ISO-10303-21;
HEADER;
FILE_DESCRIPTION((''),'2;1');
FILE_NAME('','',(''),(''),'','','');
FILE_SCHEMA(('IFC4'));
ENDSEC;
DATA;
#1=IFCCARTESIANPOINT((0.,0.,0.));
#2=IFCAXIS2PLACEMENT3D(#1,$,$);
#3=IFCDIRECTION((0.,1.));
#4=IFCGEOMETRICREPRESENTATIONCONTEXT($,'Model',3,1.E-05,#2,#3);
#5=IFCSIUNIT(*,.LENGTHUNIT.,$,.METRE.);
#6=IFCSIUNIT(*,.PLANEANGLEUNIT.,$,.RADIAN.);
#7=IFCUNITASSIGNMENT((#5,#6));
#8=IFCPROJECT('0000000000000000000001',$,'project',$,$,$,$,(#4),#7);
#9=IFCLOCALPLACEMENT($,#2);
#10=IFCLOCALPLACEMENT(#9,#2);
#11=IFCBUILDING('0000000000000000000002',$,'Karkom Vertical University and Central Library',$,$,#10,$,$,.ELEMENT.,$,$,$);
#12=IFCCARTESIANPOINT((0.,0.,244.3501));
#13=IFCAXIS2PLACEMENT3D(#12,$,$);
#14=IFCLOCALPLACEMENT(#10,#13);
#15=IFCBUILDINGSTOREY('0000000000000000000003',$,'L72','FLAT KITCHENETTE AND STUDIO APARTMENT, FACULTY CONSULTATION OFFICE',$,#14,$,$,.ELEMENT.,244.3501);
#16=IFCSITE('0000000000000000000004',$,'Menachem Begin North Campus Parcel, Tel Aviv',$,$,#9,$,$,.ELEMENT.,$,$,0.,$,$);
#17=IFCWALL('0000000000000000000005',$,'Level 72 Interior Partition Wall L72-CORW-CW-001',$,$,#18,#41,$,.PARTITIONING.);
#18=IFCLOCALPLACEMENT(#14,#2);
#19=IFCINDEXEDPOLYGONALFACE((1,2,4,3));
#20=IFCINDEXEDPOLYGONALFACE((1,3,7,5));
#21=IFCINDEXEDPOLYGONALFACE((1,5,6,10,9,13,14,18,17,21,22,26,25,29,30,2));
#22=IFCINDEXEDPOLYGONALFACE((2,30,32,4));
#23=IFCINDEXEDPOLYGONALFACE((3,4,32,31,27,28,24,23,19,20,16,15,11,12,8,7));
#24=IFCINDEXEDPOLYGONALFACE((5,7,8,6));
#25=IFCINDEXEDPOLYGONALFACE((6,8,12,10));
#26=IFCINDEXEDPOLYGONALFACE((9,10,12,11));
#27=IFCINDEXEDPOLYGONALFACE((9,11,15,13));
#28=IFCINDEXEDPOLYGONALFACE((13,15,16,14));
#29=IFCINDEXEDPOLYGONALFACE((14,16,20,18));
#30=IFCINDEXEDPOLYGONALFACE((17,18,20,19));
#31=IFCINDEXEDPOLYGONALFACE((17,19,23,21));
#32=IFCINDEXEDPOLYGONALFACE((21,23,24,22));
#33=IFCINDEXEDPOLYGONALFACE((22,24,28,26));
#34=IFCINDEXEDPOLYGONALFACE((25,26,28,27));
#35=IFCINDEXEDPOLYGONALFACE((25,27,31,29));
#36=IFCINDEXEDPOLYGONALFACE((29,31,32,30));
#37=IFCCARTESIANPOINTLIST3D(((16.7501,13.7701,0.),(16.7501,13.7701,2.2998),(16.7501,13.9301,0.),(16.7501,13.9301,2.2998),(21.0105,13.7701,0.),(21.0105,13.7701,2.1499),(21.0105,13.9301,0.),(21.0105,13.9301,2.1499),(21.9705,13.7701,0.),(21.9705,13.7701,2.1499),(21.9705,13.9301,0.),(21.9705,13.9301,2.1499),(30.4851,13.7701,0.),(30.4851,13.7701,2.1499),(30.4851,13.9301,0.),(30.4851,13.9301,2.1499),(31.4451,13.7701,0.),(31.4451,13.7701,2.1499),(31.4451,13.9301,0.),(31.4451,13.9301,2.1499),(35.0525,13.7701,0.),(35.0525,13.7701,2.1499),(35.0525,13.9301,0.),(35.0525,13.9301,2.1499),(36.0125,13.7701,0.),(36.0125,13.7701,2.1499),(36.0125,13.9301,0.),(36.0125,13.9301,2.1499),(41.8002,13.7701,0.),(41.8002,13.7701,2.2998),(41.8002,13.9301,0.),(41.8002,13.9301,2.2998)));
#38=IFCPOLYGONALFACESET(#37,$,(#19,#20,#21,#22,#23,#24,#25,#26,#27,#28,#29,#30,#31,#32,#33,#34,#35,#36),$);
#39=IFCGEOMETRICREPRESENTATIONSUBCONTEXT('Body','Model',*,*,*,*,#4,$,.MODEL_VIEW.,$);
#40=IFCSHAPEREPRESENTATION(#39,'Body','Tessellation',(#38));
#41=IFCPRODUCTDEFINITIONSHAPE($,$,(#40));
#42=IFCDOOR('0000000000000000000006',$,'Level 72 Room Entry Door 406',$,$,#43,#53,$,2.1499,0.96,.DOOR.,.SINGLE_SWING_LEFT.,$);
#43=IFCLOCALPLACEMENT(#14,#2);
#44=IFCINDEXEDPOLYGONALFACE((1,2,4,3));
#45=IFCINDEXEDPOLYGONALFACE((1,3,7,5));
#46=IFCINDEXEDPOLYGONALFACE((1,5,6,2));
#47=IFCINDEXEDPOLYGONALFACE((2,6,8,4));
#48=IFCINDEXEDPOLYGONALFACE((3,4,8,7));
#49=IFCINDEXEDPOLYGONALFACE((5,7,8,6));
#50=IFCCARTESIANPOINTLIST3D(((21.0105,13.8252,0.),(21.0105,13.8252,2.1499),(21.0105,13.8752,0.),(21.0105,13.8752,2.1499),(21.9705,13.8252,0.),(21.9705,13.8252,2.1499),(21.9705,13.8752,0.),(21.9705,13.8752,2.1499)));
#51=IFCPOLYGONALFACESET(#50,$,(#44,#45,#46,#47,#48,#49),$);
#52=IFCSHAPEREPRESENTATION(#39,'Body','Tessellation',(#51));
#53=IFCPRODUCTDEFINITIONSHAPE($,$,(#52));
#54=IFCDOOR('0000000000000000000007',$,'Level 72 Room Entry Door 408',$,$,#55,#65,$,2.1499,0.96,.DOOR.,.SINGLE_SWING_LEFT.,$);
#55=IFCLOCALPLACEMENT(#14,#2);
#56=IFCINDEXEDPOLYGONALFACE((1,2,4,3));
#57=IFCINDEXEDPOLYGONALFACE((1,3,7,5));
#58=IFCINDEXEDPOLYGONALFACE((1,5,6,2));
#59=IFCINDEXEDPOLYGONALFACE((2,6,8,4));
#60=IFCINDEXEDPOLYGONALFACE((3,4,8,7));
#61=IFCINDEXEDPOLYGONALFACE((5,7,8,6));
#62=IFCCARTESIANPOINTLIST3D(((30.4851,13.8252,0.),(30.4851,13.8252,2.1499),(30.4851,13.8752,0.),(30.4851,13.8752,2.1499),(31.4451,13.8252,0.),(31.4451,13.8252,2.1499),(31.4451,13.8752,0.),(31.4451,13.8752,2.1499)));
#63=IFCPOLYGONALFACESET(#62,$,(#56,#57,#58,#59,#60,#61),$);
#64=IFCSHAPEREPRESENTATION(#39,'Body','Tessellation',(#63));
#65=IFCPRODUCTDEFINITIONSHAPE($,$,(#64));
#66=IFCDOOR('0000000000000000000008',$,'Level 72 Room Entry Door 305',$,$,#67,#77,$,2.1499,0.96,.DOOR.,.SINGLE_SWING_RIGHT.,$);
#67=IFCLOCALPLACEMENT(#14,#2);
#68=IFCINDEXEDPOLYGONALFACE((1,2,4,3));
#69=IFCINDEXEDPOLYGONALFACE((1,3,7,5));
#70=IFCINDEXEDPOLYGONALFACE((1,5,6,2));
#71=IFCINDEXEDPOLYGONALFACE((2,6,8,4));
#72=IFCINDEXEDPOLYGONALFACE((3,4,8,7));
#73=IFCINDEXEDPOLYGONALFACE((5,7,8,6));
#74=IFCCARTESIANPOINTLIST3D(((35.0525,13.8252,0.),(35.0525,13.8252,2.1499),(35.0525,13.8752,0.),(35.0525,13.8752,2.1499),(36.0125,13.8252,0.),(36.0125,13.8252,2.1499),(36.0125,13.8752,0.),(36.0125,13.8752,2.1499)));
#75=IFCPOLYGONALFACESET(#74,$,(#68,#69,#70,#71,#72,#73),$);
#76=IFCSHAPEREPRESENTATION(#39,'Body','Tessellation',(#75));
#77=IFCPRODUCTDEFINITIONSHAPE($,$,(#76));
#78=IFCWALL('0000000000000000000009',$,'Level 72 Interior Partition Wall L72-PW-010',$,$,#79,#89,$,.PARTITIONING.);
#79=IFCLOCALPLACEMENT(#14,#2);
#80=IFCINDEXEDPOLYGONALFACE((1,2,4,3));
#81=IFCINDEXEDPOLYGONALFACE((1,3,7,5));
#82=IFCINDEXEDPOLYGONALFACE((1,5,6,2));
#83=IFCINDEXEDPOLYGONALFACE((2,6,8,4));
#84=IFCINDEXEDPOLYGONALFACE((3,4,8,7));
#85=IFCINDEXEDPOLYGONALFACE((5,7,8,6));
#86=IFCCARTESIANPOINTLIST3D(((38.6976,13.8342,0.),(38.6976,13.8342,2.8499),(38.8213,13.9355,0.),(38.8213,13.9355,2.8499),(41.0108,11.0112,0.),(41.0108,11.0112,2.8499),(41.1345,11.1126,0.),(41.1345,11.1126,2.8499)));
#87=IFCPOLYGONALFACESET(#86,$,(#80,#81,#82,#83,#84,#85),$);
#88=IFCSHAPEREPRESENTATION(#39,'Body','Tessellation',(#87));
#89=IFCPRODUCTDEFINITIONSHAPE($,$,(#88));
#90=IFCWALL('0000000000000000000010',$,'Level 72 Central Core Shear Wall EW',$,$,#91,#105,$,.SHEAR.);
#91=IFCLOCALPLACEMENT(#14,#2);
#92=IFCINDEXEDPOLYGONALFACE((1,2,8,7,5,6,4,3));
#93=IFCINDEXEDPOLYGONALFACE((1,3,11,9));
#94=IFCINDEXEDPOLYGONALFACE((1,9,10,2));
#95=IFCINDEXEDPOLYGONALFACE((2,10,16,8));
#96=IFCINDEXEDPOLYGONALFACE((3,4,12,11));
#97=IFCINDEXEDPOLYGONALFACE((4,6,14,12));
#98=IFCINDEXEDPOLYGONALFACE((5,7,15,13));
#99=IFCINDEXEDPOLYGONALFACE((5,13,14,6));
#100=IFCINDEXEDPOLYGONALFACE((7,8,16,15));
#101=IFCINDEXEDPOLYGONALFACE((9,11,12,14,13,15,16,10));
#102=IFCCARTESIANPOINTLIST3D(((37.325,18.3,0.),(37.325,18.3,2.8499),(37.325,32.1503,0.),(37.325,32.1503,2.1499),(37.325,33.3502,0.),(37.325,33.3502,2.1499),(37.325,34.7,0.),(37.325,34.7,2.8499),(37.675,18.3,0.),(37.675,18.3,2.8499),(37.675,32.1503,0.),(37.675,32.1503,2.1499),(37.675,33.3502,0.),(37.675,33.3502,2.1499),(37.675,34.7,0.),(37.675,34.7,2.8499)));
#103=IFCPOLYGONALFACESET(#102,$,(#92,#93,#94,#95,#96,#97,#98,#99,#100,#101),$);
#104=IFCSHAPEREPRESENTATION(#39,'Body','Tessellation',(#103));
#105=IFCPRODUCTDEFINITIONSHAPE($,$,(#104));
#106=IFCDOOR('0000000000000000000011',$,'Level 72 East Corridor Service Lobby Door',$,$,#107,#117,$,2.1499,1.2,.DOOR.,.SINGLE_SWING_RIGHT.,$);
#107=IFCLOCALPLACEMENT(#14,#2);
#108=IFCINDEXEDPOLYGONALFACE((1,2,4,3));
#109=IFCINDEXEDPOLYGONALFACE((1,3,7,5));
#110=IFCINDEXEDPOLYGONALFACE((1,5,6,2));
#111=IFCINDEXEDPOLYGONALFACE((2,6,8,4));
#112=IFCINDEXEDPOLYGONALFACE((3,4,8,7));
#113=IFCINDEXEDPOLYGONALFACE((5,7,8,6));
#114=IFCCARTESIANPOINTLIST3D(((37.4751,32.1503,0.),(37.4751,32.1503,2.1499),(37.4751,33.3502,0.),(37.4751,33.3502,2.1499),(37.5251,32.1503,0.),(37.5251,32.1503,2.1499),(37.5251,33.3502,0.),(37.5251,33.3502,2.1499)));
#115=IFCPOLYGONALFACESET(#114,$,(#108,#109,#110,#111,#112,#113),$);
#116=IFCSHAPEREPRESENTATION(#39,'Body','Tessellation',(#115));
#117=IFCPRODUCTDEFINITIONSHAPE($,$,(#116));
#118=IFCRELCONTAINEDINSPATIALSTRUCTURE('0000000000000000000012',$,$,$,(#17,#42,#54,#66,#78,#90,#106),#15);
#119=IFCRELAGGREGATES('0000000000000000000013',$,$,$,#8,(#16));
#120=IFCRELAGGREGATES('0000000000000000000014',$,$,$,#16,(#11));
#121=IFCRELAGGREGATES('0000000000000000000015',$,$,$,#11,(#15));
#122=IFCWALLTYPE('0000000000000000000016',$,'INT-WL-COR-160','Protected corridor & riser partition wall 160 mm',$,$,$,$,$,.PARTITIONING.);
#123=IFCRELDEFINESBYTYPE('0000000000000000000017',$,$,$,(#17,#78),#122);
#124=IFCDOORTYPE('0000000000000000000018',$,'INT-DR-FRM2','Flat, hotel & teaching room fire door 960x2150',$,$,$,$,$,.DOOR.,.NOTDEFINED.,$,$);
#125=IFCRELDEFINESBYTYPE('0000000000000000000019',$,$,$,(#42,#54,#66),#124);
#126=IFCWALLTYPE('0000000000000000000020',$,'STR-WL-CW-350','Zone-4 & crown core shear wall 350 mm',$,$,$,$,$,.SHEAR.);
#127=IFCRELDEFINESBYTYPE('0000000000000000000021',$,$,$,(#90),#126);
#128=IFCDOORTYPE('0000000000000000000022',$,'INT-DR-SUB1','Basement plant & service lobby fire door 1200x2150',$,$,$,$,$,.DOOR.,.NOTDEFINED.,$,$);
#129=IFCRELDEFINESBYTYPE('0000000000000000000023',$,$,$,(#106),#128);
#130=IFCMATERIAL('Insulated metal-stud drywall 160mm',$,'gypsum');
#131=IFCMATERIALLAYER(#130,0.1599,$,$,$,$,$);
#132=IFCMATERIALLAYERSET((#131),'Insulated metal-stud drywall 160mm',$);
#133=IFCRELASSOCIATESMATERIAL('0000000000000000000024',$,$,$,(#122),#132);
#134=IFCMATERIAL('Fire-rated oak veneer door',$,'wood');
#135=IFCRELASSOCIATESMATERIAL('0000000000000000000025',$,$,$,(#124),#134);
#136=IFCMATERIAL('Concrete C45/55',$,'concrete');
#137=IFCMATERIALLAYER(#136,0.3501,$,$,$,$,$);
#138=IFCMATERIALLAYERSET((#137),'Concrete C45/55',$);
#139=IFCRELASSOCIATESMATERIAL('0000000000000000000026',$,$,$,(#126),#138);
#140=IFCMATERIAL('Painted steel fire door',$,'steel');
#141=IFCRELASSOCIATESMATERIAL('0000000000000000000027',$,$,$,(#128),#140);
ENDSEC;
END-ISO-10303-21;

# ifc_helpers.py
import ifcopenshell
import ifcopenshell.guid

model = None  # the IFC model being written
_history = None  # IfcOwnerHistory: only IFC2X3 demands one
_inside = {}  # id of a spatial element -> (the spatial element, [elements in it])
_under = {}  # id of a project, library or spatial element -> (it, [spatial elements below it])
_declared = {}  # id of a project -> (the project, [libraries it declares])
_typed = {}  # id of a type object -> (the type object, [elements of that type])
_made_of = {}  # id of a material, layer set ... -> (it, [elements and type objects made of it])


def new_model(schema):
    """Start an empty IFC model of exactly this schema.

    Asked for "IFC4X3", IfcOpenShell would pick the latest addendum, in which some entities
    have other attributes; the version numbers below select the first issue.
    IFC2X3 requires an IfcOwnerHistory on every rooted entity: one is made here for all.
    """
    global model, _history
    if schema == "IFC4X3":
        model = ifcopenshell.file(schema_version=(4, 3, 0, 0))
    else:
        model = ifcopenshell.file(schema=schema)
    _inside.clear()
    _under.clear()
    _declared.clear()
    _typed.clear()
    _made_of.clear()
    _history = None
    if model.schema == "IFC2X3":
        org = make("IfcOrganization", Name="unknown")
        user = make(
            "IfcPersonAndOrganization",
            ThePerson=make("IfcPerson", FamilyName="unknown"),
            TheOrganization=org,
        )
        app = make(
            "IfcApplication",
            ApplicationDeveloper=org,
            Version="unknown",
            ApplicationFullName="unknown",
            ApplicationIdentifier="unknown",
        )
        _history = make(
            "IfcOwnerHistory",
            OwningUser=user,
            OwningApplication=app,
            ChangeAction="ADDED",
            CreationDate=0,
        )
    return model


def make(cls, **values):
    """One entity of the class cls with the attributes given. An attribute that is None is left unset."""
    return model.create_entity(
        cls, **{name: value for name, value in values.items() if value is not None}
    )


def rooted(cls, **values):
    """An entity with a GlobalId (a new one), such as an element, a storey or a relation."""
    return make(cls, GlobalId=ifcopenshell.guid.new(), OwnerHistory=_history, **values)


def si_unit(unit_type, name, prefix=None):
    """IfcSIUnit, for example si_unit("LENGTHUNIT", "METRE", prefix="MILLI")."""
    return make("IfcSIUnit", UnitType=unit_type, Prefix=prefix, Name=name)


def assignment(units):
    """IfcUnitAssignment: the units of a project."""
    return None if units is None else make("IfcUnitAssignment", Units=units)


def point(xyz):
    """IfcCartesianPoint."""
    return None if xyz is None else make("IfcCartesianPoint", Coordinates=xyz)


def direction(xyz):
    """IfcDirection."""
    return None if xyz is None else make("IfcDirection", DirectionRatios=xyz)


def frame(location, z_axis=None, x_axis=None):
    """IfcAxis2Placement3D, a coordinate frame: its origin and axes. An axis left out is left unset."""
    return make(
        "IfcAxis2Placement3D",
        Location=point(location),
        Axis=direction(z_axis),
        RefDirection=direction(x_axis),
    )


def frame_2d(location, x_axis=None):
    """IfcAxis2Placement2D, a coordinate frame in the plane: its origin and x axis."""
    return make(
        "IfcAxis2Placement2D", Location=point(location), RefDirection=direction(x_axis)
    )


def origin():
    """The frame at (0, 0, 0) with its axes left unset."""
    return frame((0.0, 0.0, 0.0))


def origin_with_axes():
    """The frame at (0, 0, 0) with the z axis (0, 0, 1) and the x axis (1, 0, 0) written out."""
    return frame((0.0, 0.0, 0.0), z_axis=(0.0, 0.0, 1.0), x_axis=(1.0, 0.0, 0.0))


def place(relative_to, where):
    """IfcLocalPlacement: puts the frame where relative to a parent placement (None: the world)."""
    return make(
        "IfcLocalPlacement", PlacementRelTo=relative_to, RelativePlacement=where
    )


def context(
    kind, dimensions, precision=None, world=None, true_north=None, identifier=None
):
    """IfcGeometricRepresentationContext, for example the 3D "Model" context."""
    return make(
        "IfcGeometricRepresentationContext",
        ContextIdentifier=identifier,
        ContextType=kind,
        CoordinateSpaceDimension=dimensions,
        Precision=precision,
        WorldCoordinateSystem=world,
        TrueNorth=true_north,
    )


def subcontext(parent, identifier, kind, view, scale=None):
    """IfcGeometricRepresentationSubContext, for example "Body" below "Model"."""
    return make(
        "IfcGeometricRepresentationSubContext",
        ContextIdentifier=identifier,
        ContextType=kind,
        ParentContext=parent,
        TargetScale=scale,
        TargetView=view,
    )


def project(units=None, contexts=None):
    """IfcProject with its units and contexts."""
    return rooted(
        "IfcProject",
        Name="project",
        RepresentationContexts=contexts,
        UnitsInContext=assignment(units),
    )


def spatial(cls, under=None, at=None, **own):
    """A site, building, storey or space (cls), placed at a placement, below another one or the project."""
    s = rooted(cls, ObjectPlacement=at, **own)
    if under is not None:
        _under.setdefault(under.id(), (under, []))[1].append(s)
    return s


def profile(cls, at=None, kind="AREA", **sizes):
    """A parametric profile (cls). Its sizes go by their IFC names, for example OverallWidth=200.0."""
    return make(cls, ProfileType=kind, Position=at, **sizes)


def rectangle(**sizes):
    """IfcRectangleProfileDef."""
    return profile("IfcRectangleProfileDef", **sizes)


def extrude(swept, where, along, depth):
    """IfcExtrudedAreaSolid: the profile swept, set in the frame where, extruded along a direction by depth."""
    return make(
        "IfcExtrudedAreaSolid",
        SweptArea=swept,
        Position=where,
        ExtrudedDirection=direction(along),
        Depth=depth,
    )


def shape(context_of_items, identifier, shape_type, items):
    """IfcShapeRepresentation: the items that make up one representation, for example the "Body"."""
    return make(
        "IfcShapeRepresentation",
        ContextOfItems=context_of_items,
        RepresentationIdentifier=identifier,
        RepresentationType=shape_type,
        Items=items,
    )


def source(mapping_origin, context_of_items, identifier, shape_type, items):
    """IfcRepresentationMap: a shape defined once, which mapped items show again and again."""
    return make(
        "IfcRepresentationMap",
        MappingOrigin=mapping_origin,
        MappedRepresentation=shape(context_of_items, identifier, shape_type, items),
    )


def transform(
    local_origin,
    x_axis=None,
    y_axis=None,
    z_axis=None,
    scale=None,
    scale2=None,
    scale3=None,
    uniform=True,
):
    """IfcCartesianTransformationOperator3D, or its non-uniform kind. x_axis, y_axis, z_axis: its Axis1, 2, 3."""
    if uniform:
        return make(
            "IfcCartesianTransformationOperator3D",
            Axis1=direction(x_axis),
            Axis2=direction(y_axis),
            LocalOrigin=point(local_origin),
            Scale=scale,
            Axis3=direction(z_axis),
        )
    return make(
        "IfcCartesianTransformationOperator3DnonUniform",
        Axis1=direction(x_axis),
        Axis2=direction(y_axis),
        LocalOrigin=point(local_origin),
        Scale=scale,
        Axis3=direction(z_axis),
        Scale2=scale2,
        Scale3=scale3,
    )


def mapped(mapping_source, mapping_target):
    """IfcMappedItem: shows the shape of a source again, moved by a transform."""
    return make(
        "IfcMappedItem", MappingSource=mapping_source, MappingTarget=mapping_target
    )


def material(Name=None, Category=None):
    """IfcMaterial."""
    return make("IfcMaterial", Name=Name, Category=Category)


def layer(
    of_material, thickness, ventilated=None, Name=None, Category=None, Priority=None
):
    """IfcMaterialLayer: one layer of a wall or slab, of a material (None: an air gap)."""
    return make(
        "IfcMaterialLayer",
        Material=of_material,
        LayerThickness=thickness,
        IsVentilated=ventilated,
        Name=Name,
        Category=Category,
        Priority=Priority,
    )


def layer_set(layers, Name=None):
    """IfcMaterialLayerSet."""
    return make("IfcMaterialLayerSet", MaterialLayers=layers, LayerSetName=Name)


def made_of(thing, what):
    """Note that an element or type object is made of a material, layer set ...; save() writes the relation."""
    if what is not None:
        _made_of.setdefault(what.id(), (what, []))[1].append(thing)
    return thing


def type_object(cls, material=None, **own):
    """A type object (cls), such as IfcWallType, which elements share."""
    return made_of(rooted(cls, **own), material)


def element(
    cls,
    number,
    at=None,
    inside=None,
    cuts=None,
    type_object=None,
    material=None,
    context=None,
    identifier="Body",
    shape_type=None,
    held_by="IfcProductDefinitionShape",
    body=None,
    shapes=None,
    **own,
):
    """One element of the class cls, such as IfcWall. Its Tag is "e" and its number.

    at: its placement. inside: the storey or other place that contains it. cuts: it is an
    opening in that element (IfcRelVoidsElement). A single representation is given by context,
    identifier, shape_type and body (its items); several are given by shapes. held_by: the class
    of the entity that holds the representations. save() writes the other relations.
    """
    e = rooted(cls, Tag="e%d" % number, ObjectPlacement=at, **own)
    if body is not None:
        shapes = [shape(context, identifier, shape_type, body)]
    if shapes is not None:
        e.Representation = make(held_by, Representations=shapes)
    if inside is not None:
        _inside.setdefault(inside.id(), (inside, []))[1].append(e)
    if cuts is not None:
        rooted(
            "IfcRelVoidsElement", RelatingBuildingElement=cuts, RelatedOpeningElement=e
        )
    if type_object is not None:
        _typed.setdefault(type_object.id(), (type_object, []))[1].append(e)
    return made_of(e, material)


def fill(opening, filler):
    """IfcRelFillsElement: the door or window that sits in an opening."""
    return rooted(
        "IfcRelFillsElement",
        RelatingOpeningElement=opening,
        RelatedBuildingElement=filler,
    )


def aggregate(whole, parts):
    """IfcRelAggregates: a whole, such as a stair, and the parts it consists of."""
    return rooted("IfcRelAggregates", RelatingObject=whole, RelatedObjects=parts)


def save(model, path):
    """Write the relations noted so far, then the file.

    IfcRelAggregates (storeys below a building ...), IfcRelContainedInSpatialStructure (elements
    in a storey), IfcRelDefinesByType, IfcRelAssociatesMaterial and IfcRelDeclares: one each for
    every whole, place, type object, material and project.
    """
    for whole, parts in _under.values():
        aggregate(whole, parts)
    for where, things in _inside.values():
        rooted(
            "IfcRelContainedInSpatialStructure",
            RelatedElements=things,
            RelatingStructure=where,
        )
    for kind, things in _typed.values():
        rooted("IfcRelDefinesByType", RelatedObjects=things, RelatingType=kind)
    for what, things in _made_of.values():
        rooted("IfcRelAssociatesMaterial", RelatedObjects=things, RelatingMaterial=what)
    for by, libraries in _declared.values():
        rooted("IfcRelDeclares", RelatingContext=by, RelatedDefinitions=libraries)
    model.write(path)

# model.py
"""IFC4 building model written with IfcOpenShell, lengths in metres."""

from ifc_helpers import new_model, si_unit, direction, frame, frame_2d, origin, origin_with_axes, place, context, subcontext, project, spatial, rectangle, extrude, source, transform, mapped, material, layer, layer_set, type_object, element, fill, save


model = new_model("IFC4")

# Units and contexts
model_context = context("Model", 3, precision=1e-05, world=origin(), true_north=direction((0.0, 1.0)))
body_context = subcontext(model_context, "Body", "Model", "MODEL_VIEW")
ifc_project = project(units=[si_unit("LENGTHUNIT", "METRE"), si_unit("PLANEANGLEUNIT", "RADIAN")], contexts=[model_context])

# Site, building, storey
site_placement = place(None, origin())
site = spatial("IfcSite", under=ifc_project, at=site_placement, Name="Menachem Begin North Campus Parcel, Tel Aviv", CompositionType="ELEMENT", RefElevation=0.0)
building_placement = place(site_placement, origin())
building = spatial("IfcBuilding", under=site, at=building_placement, Name="Karkom Vertical University and Central Library", CompositionType="ELEMENT")
storey_placement = place(building_placement, frame((0.0, 0.0, 244.3501)))
storey = spatial("IfcBuildingStorey", under=building, at=storey_placement, Name="L72", Description="FLAT KITCHENETTE AND STUDIO APARTMENT, FACULTY CONSULTATION OFFICE", CompositionType="ELEMENT", Elevation=244.3501)

# Shared definitions
ifc_material_1 = material(Name="Concrete C45/55", Category="concrete")

# Wall, openings, doors
ifc_material_2 = material(Name="Insulated metal-stud drywall 160mm", Category="gypsum")
ifc_layer_1 = layer(ifc_material_2, 0.1599)
ifc_layer_set_1 = layer_set([ifc_layer_1], Name="Insulated metal-stud drywall 160mm")
wall_type_1 = type_object("IfcWallType", Name="INT-WL-COR-160", Description="Protected corridor & riser partition wall 160 mm", PredefinedType="PARTITIONING", material=ifc_layer_set_1)
wall_1_placement = place(storey_placement, frame((41.8, 13.8501, 0.0), z_axis=(0.0, 0.0, 1.0), x_axis=(-1.0, 0.0, 0.0)))
wall_1 = element("IfcWall", 1, at=wall_1_placement, inside=storey, type_object=wall_type_1, Name="Level 72 Interior Partition Wall L72-CORW-CW-001", PredefinedType="PARTITIONING", context=body_context, shape_type="SweptSolid", body=[
    extrude(rectangle(XDim=25.05, YDim=0.1599, at=frame_2d((12.5249, 0.0))), origin(), (0.0, 0.0, 1.0), 2.2998),
])
opening_1_placement = place(wall_1_placement, frame((19.8296, 0.0, 0.0)))
opening_1 = element("IfcOpeningElement", 2, at=opening_1_placement, cuts=wall_1, PredefinedType="OPENING", context=body_context, shape_type="SweptSolid", body=[
    extrude(rectangle(XDim=0.96, YDim=2.1499, at=frame_2d((0.48, 1.075))), frame((0.0, 0.0898, 0.0), z_axis=(0.0, -1.0, 0.0), x_axis=(1.0, 0.0, 0.0)), (0.0, 0.0, 1.0), 0.1799),
])
opening_2_placement = place(wall_1_placement, frame((10.355, 0.0, 0.0)))
opening_2 = element("IfcOpeningElement", 3, at=opening_2_placement, cuts=wall_1, PredefinedType="OPENING", context=body_context, shape_type="SweptSolid", body=[
    extrude(rectangle(XDim=0.96, YDim=2.1499, at=frame_2d((0.48, 1.075))), frame((0.0, 0.0898, 0.0), z_axis=(0.0, -1.0, 0.0), x_axis=(1.0, 0.0, 0.0)), (0.0, 0.0, 1.0), 0.1799),
])
opening_3_placement = place(wall_1_placement, frame((5.7876, 0.0, 0.0)))
opening_3 = element("IfcOpeningElement", 4, at=opening_3_placement, cuts=wall_1, PredefinedType="OPENING", context=body_context, shape_type="SweptSolid", body=[
    extrude(rectangle(XDim=0.96, YDim=2.1499, at=frame_2d((0.48, 1.075))), frame((0.0, 0.0898, 0.0), z_axis=(0.0, -1.0, 0.0), x_axis=(1.0, 0.0, 0.0)), (0.0, 0.0, 1.0), 0.1799),
])
ifc_material_3 = material(Name="Fire-rated oak veneer door", Category="wood")
door_type_1 = type_object("IfcDoorType", Name="INT-DR-FRM2", Description="Flat, hotel & teaching room fire door 960x2150", OperationType="NOTDEFINED", PredefinedType="DOOR", material=ifc_material_3)
shared_shape_1 = source(origin_with_axes(), body_context, "Body", "SweptSolid", [
    extrude(rectangle(XDim=0.96, YDim=2.1499, at=frame_2d((0.48, 1.075))), frame((0.0, 0.0249, 0.0), z_axis=(0.0, -1.0, 0.0), x_axis=(1.0, 0.0, 0.0)), (0.0, 0.0, 1.0), 0.05),
])
door_1_placement = place(opening_1_placement, origin())
door_1 = element("IfcDoor", 5, at=door_1_placement, inside=storey, type_object=door_type_1, Name="Level 72 Room Entry Door 406", OperationType="SINGLE_SWING_LEFT", OverallHeight=2.1499, OverallWidth=0.96, PredefinedType="DOOR", context=body_context, shape_type="MappedRepresentation", body=[
    mapped(shared_shape_1, transform((0.0, 0.0, 0.0), scale=1.0)),
])
fill(opening_1, door_1)
door_2_placement = place(opening_2_placement, origin())
door_2 = element("IfcDoor", 6, at=door_2_placement, inside=storey, type_object=door_type_1, Name="Level 72 Room Entry Door 408", OperationType="SINGLE_SWING_LEFT", OverallHeight=2.1499, OverallWidth=0.96, PredefinedType="DOOR", context=body_context, shape_type="MappedRepresentation", body=[
    mapped(shared_shape_1, transform((0.0, 0.0, 0.0), scale=1.0)),
])
fill(opening_2, door_2)
door_3_placement = place(opening_3_placement, origin())
door_3 = element("IfcDoor", 7, at=door_3_placement, inside=storey, type_object=door_type_1, Name="Level 72 Room Entry Door 305", OperationType="SINGLE_SWING_RIGHT", OverallHeight=2.1499, OverallWidth=0.96, PredefinedType="DOOR", context=body_context, shape_type="MappedRepresentation", body=[
    mapped(shared_shape_1, transform((0.0, 0.0, 0.0), scale=1.0)),
])
fill(opening_3, door_3)

# Wall
wall_2_placement = place(storey_placement, frame((38.7595, 13.8848, 0.0), z_axis=(0.0, 0.0, 1.0), x_axis=(0.633813, -0.773486, 0.0)))
element("IfcWall", 8, at=wall_2_placement, inside=storey, type_object=wall_type_1, Name="Level 72 Interior Partition Wall L72-PW-010", PredefinedType="PARTITIONING", context=body_context, shape_type="SweptSolid", body=[
    extrude(rectangle(XDim=3.6497, YDim=0.1599, at=frame_2d((1.8247, 0.0))), origin(), (0.0, 0.0, 1.0), 2.8499),
])

# Wall, opening, door
ifc_layer_2 = layer(ifc_material_1, 0.3501)
ifc_layer_set_2 = layer_set([ifc_layer_2], Name="Concrete C45/55")
wall_type_2 = type_object("IfcWallType", Name="STR-WL-CW-350", Description="Zone-4 & crown core shear wall 350 mm", PredefinedType="SHEAR", material=ifc_layer_set_2)
wall_3_placement = place(storey_placement, frame((37.5, 18.3, 0.0), z_axis=(0.0, 0.0, 1.0), x_axis=(0.0, 1.0, 0.0)))
wall_3 = element("IfcWall", 9, at=wall_3_placement, inside=storey, type_object=wall_type_2, Name="Level 72 Central Core Shear Wall EW", PredefinedType="SHEAR", context=body_context, shape_type="SweptSolid", body=[
    extrude(rectangle(XDim=16.3999, YDim=0.3501, at=frame_2d((8.2, 0.0))), origin(), (0.0, 0.0, 1.0), 2.8499),
])
opening_4_placement = place(wall_3_placement, frame((13.8501, 0.0, 0.0)))
opening_4 = element("IfcOpeningElement", 10, at=opening_4_placement, cuts=wall_3, PredefinedType="OPENING", context=body_context, shape_type="SweptSolid", body=[
    extrude(rectangle(XDim=1.2, YDim=2.1499, at=frame_2d((0.6001, 1.075))), frame((0.0, 0.1851, 0.0), z_axis=(0.0, -1.0, 0.0), x_axis=(1.0, 0.0, 0.0)), (0.0, 0.0, 1.0), 0.3701),
])
ifc_material_4 = material(Name="Painted steel fire door", Category="steel")
door_type_2 = type_object("IfcDoorType", Name="INT-DR-SUB1", Description="Basement plant & service lobby fire door 1200x2150", OperationType="NOTDEFINED", PredefinedType="DOOR", material=ifc_material_4)
shared_shape_2 = source(origin_with_axes(), body_context, "Body", "SweptSolid", [
    extrude(rectangle(XDim=1.2, YDim=2.1499, at=frame_2d((0.6001, 1.075))), frame((0.0, 0.0249, 0.0), z_axis=(0.0, -1.0, 0.0), x_axis=(1.0, 0.0, 0.0)), (0.0, 0.0, 1.0), 0.05),
])
door_4_placement = place(opening_4_placement, origin())
door_4 = element("IfcDoor", 11, at=door_4_placement, inside=storey, type_object=door_type_2, Name="Level 72 East Corridor Service Lobby Door", OperationType="SINGLE_SWING_RIGHT", OverallHeight=2.1499, OverallWidth=1.2, PredefinedType="DOOR", context=body_context, shape_type="MappedRepresentation", body=[
    mapped(shared_shape_2, transform((0.0, 0.0, 0.0), scale=1.0)),
])
fill(opening_4, door_4)

save(model, "model.ifc")
